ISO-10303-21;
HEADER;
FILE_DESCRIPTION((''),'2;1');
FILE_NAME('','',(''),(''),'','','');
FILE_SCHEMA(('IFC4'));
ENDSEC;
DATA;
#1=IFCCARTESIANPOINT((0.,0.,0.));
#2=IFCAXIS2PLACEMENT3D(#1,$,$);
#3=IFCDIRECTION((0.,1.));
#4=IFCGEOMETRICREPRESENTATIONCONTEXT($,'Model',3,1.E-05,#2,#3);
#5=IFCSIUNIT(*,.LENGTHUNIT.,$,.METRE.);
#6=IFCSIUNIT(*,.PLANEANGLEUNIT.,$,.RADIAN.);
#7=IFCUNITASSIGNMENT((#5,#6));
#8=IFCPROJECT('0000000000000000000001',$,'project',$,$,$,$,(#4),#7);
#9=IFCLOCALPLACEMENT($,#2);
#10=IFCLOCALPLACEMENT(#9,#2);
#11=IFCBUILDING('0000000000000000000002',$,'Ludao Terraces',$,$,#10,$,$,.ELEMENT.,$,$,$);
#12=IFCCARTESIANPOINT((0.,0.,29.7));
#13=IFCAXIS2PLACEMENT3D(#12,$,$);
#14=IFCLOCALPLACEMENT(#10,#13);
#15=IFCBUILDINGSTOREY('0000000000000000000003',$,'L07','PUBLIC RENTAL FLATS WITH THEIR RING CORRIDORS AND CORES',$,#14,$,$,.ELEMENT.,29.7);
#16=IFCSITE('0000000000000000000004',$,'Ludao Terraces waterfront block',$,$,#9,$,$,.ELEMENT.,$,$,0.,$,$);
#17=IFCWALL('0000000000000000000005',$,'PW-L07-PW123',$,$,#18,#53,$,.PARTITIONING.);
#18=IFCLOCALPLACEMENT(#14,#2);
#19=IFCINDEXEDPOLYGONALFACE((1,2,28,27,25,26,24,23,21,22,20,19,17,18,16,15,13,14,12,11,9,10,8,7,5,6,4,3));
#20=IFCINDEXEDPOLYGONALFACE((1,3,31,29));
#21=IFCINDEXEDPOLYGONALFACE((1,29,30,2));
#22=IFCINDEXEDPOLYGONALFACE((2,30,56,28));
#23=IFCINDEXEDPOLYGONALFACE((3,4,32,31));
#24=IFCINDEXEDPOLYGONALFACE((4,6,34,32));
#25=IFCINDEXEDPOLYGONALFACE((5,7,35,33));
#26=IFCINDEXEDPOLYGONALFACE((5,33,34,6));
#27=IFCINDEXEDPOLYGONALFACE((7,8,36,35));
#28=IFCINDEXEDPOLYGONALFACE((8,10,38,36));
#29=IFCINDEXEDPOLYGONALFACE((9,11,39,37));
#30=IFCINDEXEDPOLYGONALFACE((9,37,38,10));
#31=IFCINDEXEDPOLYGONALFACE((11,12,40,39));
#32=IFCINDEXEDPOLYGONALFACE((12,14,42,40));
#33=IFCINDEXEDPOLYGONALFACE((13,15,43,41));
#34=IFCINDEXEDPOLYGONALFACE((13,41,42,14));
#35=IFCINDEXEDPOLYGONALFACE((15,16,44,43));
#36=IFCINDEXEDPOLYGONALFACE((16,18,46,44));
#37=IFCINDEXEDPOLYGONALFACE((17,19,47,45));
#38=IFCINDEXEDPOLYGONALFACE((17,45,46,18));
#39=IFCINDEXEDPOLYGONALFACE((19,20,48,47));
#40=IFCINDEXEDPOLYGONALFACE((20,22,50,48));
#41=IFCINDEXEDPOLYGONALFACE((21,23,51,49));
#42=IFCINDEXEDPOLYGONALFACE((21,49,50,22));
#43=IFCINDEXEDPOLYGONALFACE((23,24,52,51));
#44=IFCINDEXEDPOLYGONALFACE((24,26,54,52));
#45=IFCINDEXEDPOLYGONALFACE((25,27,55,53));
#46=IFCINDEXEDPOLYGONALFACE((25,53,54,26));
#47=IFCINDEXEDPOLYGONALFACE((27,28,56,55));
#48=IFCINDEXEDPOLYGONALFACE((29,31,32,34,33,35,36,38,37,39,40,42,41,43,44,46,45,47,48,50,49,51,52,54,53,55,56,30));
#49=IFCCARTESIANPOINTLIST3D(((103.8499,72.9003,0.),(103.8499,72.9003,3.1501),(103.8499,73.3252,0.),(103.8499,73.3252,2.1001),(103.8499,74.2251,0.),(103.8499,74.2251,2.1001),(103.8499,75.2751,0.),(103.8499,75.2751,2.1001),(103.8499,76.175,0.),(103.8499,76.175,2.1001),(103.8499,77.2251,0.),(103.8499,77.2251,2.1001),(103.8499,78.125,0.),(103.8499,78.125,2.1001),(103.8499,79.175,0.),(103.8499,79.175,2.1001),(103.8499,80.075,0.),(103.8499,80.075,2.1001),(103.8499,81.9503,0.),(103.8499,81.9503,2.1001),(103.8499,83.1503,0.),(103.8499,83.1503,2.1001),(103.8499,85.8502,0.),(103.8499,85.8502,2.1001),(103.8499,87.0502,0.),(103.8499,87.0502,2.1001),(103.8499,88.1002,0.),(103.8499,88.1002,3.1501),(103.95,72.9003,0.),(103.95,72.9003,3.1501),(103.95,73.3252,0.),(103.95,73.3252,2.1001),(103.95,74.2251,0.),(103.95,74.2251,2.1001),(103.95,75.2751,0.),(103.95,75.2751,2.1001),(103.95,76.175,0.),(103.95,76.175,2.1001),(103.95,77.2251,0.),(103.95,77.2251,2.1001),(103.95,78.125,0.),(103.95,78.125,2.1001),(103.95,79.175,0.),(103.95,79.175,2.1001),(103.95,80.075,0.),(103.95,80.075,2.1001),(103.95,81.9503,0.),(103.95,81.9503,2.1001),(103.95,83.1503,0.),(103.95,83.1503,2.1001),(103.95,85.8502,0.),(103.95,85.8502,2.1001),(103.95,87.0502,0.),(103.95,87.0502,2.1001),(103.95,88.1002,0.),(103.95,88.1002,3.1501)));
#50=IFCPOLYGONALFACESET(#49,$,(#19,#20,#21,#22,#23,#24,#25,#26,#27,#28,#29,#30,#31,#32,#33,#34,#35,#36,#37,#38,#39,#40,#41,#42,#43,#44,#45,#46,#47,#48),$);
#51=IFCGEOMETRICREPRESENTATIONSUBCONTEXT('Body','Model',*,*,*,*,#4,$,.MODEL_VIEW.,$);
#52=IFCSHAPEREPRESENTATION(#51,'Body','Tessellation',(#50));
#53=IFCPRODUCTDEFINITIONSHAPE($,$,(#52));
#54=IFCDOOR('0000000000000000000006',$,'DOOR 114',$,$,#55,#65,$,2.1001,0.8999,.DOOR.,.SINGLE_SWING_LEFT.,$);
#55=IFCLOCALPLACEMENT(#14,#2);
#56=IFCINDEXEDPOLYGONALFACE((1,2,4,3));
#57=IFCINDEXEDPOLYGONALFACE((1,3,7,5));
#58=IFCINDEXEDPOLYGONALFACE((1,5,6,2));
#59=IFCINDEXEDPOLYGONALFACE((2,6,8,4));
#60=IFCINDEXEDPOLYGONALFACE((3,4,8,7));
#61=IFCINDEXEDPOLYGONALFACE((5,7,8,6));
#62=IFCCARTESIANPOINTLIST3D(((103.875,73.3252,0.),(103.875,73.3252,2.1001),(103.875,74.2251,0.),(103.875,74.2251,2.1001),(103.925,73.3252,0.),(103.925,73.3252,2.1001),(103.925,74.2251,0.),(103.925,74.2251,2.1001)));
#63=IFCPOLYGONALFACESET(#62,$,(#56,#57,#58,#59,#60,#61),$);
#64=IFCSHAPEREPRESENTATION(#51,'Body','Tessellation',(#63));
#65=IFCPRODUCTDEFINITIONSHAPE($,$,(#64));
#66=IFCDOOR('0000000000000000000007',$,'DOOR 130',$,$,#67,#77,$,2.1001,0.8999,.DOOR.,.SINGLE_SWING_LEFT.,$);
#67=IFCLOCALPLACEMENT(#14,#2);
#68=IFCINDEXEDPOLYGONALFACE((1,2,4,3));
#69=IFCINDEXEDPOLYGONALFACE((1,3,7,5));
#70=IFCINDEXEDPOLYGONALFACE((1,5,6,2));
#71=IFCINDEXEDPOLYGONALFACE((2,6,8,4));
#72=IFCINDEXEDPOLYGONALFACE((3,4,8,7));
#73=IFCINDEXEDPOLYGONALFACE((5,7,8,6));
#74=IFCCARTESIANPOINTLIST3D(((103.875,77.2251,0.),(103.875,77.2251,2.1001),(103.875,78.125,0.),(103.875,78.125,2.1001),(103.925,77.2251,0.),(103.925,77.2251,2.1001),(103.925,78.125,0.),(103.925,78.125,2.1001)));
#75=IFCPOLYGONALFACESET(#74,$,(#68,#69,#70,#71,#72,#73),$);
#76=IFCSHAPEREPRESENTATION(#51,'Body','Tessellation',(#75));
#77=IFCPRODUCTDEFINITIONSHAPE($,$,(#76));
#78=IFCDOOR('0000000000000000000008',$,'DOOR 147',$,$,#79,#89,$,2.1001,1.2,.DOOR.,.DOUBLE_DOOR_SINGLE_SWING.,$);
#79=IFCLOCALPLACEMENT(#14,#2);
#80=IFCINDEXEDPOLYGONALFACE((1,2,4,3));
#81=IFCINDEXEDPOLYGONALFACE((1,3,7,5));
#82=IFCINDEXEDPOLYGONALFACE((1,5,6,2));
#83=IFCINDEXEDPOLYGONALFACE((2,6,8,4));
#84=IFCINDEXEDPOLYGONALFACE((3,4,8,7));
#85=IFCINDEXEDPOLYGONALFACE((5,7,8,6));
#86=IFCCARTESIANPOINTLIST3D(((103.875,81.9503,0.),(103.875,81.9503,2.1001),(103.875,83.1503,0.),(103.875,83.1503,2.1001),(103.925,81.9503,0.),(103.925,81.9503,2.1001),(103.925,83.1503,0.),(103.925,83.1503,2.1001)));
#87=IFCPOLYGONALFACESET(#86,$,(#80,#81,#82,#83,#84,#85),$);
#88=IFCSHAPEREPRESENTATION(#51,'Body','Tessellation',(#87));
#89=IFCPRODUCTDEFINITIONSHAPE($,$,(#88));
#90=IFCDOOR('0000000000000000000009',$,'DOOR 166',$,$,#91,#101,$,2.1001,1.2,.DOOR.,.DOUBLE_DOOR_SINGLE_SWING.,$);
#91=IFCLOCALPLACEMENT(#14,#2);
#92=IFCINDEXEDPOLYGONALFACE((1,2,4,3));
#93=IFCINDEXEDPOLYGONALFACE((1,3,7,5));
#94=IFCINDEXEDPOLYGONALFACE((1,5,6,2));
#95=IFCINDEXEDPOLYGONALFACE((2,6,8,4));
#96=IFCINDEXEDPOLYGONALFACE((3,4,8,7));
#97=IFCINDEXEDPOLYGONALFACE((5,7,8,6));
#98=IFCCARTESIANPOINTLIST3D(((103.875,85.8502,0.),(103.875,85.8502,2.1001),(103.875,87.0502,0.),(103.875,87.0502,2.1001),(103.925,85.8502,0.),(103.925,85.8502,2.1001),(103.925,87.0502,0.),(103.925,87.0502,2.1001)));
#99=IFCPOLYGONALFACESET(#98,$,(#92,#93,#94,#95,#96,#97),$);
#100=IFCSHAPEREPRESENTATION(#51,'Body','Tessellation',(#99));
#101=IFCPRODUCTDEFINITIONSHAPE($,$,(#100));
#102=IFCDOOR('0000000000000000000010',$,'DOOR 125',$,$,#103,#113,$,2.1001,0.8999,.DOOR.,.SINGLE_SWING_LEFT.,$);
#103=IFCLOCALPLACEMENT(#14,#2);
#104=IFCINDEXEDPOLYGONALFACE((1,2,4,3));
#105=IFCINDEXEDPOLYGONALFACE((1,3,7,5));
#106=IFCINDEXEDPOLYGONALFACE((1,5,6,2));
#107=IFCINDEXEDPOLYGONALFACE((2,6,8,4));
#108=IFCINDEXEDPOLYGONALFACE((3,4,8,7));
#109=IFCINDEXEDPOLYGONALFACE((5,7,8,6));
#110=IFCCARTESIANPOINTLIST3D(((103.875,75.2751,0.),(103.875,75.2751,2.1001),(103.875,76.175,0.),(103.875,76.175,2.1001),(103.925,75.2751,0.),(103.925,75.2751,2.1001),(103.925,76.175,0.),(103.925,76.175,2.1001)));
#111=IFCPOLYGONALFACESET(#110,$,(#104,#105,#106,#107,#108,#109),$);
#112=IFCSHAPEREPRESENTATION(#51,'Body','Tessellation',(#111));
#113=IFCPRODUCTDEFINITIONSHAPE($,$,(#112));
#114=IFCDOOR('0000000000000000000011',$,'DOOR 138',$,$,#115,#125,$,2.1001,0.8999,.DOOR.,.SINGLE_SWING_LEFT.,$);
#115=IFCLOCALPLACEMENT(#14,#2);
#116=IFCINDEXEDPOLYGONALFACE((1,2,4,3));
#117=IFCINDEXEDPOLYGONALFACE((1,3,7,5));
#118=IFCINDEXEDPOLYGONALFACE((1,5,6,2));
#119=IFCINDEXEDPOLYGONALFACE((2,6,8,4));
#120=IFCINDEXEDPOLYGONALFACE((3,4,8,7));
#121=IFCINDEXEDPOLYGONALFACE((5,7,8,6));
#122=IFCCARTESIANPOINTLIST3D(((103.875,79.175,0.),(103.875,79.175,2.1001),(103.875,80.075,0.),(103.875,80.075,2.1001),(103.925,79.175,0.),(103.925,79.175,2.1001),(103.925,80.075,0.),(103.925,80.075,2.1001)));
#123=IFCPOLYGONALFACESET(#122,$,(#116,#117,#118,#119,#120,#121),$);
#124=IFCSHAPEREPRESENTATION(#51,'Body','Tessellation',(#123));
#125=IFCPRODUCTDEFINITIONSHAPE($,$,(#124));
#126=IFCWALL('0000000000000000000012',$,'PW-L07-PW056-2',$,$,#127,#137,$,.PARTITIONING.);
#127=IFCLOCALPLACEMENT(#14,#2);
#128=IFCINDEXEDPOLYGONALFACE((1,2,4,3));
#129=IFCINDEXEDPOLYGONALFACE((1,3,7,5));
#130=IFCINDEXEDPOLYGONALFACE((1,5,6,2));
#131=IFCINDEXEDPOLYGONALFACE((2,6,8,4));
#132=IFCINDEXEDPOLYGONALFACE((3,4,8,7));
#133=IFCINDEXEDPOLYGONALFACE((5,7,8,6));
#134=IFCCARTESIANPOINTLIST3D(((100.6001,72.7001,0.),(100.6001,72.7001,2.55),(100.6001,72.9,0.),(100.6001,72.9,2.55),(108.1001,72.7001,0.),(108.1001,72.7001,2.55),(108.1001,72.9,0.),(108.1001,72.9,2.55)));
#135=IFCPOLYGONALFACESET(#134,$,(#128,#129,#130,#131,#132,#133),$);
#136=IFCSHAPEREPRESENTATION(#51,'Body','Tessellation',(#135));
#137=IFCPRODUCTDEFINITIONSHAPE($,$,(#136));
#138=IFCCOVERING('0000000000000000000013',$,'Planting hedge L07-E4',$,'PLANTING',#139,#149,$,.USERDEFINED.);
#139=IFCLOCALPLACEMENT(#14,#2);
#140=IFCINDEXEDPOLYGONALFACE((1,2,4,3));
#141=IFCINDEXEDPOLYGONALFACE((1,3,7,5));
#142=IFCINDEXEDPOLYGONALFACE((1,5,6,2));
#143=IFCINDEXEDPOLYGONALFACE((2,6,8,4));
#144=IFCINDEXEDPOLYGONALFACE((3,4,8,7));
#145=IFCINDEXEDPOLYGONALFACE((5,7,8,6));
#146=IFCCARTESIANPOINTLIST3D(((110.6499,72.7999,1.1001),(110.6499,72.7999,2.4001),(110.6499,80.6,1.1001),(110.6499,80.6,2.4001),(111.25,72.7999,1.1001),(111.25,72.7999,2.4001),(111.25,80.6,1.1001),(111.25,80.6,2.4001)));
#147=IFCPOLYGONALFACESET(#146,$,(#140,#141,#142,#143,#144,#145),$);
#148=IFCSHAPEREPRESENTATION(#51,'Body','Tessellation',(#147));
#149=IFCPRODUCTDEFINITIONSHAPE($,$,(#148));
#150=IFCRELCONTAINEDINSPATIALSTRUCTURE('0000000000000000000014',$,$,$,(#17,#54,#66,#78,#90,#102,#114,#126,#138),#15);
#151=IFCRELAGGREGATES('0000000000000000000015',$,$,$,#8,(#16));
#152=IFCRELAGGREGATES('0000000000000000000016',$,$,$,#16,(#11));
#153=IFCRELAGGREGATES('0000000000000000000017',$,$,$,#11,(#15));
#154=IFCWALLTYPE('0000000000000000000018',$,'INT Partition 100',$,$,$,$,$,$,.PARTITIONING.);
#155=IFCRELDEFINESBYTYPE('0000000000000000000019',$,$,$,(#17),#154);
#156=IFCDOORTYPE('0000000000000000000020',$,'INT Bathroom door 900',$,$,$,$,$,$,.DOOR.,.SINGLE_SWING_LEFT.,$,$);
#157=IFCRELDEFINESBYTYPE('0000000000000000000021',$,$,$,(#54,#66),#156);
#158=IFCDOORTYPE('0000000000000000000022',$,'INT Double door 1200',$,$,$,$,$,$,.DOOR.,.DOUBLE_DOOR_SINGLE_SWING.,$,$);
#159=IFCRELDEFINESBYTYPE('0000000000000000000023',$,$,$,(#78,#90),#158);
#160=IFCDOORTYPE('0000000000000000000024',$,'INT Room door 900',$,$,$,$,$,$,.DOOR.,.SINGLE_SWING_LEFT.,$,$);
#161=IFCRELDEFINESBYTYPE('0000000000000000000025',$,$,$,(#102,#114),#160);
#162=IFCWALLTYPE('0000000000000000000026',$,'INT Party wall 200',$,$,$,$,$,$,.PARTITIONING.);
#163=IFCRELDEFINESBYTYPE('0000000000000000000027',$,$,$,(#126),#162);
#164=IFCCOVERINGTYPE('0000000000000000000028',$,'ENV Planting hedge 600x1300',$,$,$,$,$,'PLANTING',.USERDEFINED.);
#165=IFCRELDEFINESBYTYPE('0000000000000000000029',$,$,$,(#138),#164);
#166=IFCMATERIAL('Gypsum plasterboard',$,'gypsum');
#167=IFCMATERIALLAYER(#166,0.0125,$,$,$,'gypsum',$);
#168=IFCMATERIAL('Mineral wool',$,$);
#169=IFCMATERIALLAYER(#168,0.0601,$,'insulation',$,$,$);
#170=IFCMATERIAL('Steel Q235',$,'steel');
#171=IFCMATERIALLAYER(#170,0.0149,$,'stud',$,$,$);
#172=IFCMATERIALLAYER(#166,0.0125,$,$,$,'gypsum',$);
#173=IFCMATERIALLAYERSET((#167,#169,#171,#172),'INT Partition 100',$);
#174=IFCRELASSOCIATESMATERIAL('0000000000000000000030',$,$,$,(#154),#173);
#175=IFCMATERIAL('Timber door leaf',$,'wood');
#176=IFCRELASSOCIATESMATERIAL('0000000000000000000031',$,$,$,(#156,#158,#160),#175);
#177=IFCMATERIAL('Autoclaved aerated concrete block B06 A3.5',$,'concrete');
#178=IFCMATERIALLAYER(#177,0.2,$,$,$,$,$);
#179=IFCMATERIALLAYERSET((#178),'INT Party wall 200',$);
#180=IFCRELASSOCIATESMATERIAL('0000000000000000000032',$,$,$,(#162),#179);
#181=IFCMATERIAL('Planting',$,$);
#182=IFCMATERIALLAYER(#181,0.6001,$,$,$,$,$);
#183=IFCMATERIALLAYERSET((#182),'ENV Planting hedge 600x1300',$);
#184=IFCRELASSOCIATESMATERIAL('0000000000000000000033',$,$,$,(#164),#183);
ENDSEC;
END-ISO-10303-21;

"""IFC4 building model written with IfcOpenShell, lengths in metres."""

from ifc_helpers import new_model, si_unit, direction, frame, frame_2d, origin, origin_2d, place, context, subcontext, project, spatial, rectangle, extrude, material, layer, layer_set, type_object, element, fill, save


model = new_model("IFC4")

# Units and contexts
model_context = context("Model", 3, precision=1e-05, world=origin(), true_north=direction((0.0, 1.0)))
body_context = subcontext(model_context, "Body", "Model", "MODEL_VIEW")
ifc_project = project(units=[si_unit("LENGTHUNIT", "METRE"), si_unit("PLANEANGLEUNIT", "RADIAN")], contexts=[model_context])

# Site, building, storey
site_placement = place(None, origin())
site = spatial("IfcSite", under=ifc_project, at=site_placement, Name="Ludao Terraces waterfront block", CompositionType="ELEMENT", RefElevation=0.0)
building_placement = place(site_placement, origin())
building = spatial("IfcBuilding", under=site, at=building_placement, Name="Ludao Terraces", CompositionType="ELEMENT")
storey_placement = place(building_placement, frame((0.0, 0.0, 29.7)))
storey = spatial("IfcBuildingStorey", under=building, at=storey_placement, Name="L07", Description="PUBLIC RENTAL FLATS WITH THEIR RING CORRIDORS AND CORES", CompositionType="ELEMENT", Elevation=29.7)

# Shared definitions
ifc_material_1 = material(Name="Mineral wool")

# Shared definitions
ifc_material_2 = material(Name="Gypsum plasterboard", Category="gypsum")
ifc_layer_1 = layer(ifc_material_2, 0.0125, Category="gypsum")
ifc_layer_2 = layer(ifc_material_1, 0.0601, Name="insulation")
ifc_material_3 = material(Name="Steel Q235", Category="steel")
ifc_layer_3 = layer(ifc_material_3, 0.0149, Name="stud")
ifc_layer_4 = layer(ifc_material_2, 0.0125, Category="gypsum")
ifc_layer_set_1 = layer_set([ifc_layer_1, ifc_layer_2, ifc_layer_3, ifc_layer_4], Name="INT Partition 100")
wall_type_1 = type_object("IfcWallType", Name="INT Partition 100", PredefinedType="PARTITIONING", material=ifc_layer_set_1)

# Wall, openings, doors
wall_1_placement = place(storey_placement, frame((103.8999, 72.9001, 0.0), z_axis=(0.0, 0.0, 1.0), x_axis=(0.0, 1.0, 0.0)))
wall_1 = element("IfcWall", 1, at=wall_1_placement, inside=storey, type_object=wall_type_1, Name="PW-L07-PW123", PredefinedType="PARTITIONING", context=body_context, shape_type="SweptSolid", body=[
    extrude(rectangle(XDim=15.2, YDim=0.1001, at=frame_2d((7.6001, 0.0))), origin(), (0.0, 0.0, 1.0), 3.1501),
])
opening_1_placement = place(wall_1_placement, frame((0.425, 0.0, 0.0)))
opening_1 = element("IfcOpeningElement", 2, at=opening_1_placement, cuts=wall_1, PredefinedType="OPENING", context=body_context, shape_type="SweptSolid", body=[
    extrude(rectangle(XDim=0.8999, YDim=2.1001, at=frame_2d((0.45, 1.05))), frame((0.0, 0.0601, 0.0), z_axis=(0.0, -1.0, 0.0), x_axis=(1.0, 0.0, 0.0)), (0.0, 0.0, 1.0), 0.1201),
])
opening_2_placement = place(wall_1_placement, frame((2.375, 0.0, 0.0)))
opening_2 = element("IfcOpeningElement", 3, at=opening_2_placement, cuts=wall_1, PredefinedType="OPENING", context=body_context, shape_type="SweptSolid", body=[
    extrude(rectangle(XDim=0.8999, YDim=2.1001, at=frame_2d((0.45, 1.05))), frame((0.0, 0.0601, 0.0), z_axis=(0.0, -1.0, 0.0), x_axis=(1.0, 0.0, 0.0)), (0.0, 0.0, 1.0), 0.1201),
])
opening_3_placement = place(wall_1_placement, frame((4.325, 0.0, 0.0)))
opening_3 = element("IfcOpeningElement", 4, at=opening_3_placement, cuts=wall_1, PredefinedType="OPENING", context=body_context, shape_type="SweptSolid", body=[
    extrude(rectangle(XDim=0.8999, YDim=2.1001, at=frame_2d((0.45, 1.05))), frame((0.0, 0.0601, 0.0), z_axis=(0.0, -1.0, 0.0), x_axis=(1.0, 0.0, 0.0)), (0.0, 0.0, 1.0), 0.1201),
])
opening_4_placement = place(wall_1_placement, frame((6.2749, 0.0, 0.0)))
opening_4 = element("IfcOpeningElement", 5, at=opening_4_placement, cuts=wall_1, PredefinedType="OPENING", context=body_context, shape_type="SweptSolid", body=[
    extrude(rectangle(XDim=0.8999, YDim=2.1001, at=frame_2d((0.45, 1.05))), frame((0.0, 0.0601, 0.0), z_axis=(0.0, -1.0, 0.0), x_axis=(1.0, 0.0, 0.0)), (0.0, 0.0, 1.0), 0.1201),
])
opening_5_placement = place(wall_1_placement, frame((9.05, 0.0, 0.0)))
opening_5 = element("IfcOpeningElement", 6, at=opening_5_placement, cuts=wall_1, PredefinedType="OPENING", context=body_context, shape_type="SweptSolid", body=[
    extrude(rectangle(XDim=1.2, YDim=2.1001, at=frame_2d((0.6001, 1.05))), frame((0.0, 0.0601, 0.0), z_axis=(0.0, -1.0, 0.0), x_axis=(1.0, 0.0, 0.0)), (0.0, 0.0, 1.0), 0.1201),
])
opening_6_placement = place(wall_1_placement, frame((12.95, 0.0, 0.0)))
opening_6 = element("IfcOpeningElement", 7, at=opening_6_placement, cuts=wall_1, PredefinedType="OPENING", context=body_context, shape_type="SweptSolid", body=[
    extrude(rectangle(XDim=1.2, YDim=2.1001, at=frame_2d((0.6001, 1.05))), frame((0.0, 0.0601, 0.0), z_axis=(0.0, -1.0, 0.0), x_axis=(1.0, 0.0, 0.0)), (0.0, 0.0, 1.0), 0.1201),
])
ifc_material_4 = material(Name="Timber door leaf", Category="wood")
door_type_1 = type_object("IfcDoorType", Name="INT Bathroom door 900", OperationType="SINGLE_SWING_LEFT", PredefinedType="DOOR", material=ifc_material_4)
door_1_placement = place(opening_1_placement, origin())
door_1 = element("IfcDoor", 8, at=door_1_placement, inside=storey, type_object=door_type_1, Name="DOOR 114", OperationType="SINGLE_SWING_LEFT", OverallHeight=2.1001, OverallWidth=0.8999, PredefinedType="DOOR", context=body_context, shape_type="SweptSolid", body=[
    extrude(rectangle(XDim=0.8999, YDim=2.1001, at=frame_2d((0.45, 1.05))), frame((0.0, 0.0249, 0.0), z_axis=(0.0, -1.0, 0.0), x_axis=(1.0, 0.0, 0.0)), (0.0, 0.0, 1.0), 0.05),
])
fill(opening_1, door_1)
door_2_placement = place(opening_3_placement, origin())
door_2 = element("IfcDoor", 9, at=door_2_placement, inside=storey, type_object=door_type_1, Name="DOOR 130", OperationType="SINGLE_SWING_LEFT", OverallHeight=2.1001, OverallWidth=0.8999, PredefinedType="DOOR", context=body_context, shape_type="SweptSolid", body=[
    extrude(rectangle(XDim=0.8999, YDim=2.1001, at=frame_2d((0.45, 1.05))), frame((0.0, 0.0249, 0.0), z_axis=(0.0, -1.0, 0.0), x_axis=(1.0, 0.0, 0.0)), (0.0, 0.0, 1.0), 0.05),
])
fill(opening_3, door_2)
door_type_2 = type_object("IfcDoorType", Name="INT Double door 1200", OperationType="DOUBLE_DOOR_SINGLE_SWING", PredefinedType="DOOR", material=ifc_material_4)
door_3_placement = place(opening_5_placement, origin())
door_3 = element("IfcDoor", 10, at=door_3_placement, inside=storey, type_object=door_type_2, Name="DOOR 147", OperationType="DOUBLE_DOOR_SINGLE_SWING", OverallHeight=2.1001, OverallWidth=1.2, PredefinedType="DOOR", context=body_context, shape_type="SweptSolid", body=[
    extrude(rectangle(XDim=1.2, YDim=2.1001, at=frame_2d((0.6001, 1.05))), frame((0.0, 0.0249, 0.0), z_axis=(0.0, -1.0, 0.0), x_axis=(1.0, 0.0, 0.0)), (0.0, 0.0, 1.0), 0.05),
])
fill(opening_5, door_3)
door_4_placement = place(opening_6_placement, origin())
door_4 = element("IfcDoor", 11, at=door_4_placement, inside=storey, type_object=door_type_2, Name="DOOR 166", OperationType="DOUBLE_DOOR_SINGLE_SWING", OverallHeight=2.1001, OverallWidth=1.2, PredefinedType="DOOR", context=body_context, shape_type="SweptSolid", body=[
    extrude(rectangle(XDim=1.2, YDim=2.1001, at=frame_2d((0.6001, 1.05))), frame((0.0, 0.0249, 0.0), z_axis=(0.0, -1.0, 0.0), x_axis=(1.0, 0.0, 0.0)), (0.0, 0.0, 1.0), 0.05),
])
fill(opening_6, door_4)
door_type_3 = type_object("IfcDoorType", Name="INT Room door 900", OperationType="SINGLE_SWING_LEFT", PredefinedType="DOOR", material=ifc_material_4)
door_5_placement = place(opening_2_placement, origin())
door_5 = element("IfcDoor", 12, at=door_5_placement, inside=storey, type_object=door_type_3, Name="DOOR 125", OperationType="SINGLE_SWING_LEFT", OverallHeight=2.1001, OverallWidth=0.8999, PredefinedType="DOOR", context=body_context, shape_type="SweptSolid", body=[
    extrude(rectangle(XDim=0.8999, YDim=2.1001, at=frame_2d((0.45, 1.05))), frame((0.0, 0.0249, 0.0), z_axis=(0.0, -1.0, 0.0), x_axis=(1.0, 0.0, 0.0)), (0.0, 0.0, 1.0), 0.05),
])
fill(opening_2, door_5)
door_6_placement = place(opening_4_placement, origin())
door_6 = element("IfcDoor", 13, at=door_6_placement, inside=storey, type_object=door_type_3, Name="DOOR 138", OperationType="SINGLE_SWING_LEFT", OverallHeight=2.1001, OverallWidth=0.8999, PredefinedType="DOOR", context=body_context, shape_type="SweptSolid", body=[
    extrude(rectangle(XDim=0.8999, YDim=2.1001, at=frame_2d((0.45, 1.05))), frame((0.0, 0.0249, 0.0), z_axis=(0.0, -1.0, 0.0), x_axis=(1.0, 0.0, 0.0)), (0.0, 0.0, 1.0), 0.05),
])
fill(opening_4, door_6)

# Wall
ifc_material_5 = material(Name="Autoclaved aerated concrete block B06 A3.5", Category="concrete")
ifc_layer_5 = layer(ifc_material_5, 0.2)
ifc_layer_set_2 = layer_set([ifc_layer_5], Name="INT Party wall 200")
wall_type_2 = type_object("IfcWallType", Name="INT Party wall 200", PredefinedType="PARTITIONING", material=ifc_layer_set_2)
wall_2_placement = place(storey_placement, frame((100.6001, 72.8, 0.0), z_axis=(0.0, 0.0, 1.0), x_axis=(1.0, 0.0, 0.0)))
element("IfcWall", 14, at=wall_2_placement, inside=storey, type_object=wall_type_2, Name="PW-L07-PW056-2", PredefinedType="PARTITIONING", context=body_context, shape_type="SweptSolid", body=[
    extrude(rectangle(XDim=7.5, YDim=0.2, at=frame_2d((3.75, 0.0))), origin(), (0.0, 0.0, 1.0), 2.55),
])

# Covering
ifc_material_6 = material(Name="Planting")
ifc_layer_6 = layer(ifc_material_6, 0.6001)
ifc_layer_set_3 = layer_set([ifc_layer_6], Name="ENV Planting hedge 600x1300")
covering_type = type_object("IfcCoveringType", Name="ENV Planting hedge 600x1300", ElementType="PLANTING", PredefinedType="USERDEFINED", material=ifc_layer_set_3)
covering_placement = place(storey_placement, frame((110.95, 76.7, 1.1001), z_axis=(0.0, 0.0, 1.0), x_axis=(1.0, 0.0, 0.0)))
element("IfcCovering", 15, at=covering_placement, inside=storey, type_object=covering_type, Name="Planting hedge L07-E4", ObjectType="PLANTING", PredefinedType="USERDEFINED", context=body_context, shape_type="SweptSolid", body=[
    extrude(rectangle(XDim=0.6001, YDim=7.8, at=origin_2d()), origin(), (0.0, 0.0, 1.0), 1.3),
])

save(model, "model.ifc")
